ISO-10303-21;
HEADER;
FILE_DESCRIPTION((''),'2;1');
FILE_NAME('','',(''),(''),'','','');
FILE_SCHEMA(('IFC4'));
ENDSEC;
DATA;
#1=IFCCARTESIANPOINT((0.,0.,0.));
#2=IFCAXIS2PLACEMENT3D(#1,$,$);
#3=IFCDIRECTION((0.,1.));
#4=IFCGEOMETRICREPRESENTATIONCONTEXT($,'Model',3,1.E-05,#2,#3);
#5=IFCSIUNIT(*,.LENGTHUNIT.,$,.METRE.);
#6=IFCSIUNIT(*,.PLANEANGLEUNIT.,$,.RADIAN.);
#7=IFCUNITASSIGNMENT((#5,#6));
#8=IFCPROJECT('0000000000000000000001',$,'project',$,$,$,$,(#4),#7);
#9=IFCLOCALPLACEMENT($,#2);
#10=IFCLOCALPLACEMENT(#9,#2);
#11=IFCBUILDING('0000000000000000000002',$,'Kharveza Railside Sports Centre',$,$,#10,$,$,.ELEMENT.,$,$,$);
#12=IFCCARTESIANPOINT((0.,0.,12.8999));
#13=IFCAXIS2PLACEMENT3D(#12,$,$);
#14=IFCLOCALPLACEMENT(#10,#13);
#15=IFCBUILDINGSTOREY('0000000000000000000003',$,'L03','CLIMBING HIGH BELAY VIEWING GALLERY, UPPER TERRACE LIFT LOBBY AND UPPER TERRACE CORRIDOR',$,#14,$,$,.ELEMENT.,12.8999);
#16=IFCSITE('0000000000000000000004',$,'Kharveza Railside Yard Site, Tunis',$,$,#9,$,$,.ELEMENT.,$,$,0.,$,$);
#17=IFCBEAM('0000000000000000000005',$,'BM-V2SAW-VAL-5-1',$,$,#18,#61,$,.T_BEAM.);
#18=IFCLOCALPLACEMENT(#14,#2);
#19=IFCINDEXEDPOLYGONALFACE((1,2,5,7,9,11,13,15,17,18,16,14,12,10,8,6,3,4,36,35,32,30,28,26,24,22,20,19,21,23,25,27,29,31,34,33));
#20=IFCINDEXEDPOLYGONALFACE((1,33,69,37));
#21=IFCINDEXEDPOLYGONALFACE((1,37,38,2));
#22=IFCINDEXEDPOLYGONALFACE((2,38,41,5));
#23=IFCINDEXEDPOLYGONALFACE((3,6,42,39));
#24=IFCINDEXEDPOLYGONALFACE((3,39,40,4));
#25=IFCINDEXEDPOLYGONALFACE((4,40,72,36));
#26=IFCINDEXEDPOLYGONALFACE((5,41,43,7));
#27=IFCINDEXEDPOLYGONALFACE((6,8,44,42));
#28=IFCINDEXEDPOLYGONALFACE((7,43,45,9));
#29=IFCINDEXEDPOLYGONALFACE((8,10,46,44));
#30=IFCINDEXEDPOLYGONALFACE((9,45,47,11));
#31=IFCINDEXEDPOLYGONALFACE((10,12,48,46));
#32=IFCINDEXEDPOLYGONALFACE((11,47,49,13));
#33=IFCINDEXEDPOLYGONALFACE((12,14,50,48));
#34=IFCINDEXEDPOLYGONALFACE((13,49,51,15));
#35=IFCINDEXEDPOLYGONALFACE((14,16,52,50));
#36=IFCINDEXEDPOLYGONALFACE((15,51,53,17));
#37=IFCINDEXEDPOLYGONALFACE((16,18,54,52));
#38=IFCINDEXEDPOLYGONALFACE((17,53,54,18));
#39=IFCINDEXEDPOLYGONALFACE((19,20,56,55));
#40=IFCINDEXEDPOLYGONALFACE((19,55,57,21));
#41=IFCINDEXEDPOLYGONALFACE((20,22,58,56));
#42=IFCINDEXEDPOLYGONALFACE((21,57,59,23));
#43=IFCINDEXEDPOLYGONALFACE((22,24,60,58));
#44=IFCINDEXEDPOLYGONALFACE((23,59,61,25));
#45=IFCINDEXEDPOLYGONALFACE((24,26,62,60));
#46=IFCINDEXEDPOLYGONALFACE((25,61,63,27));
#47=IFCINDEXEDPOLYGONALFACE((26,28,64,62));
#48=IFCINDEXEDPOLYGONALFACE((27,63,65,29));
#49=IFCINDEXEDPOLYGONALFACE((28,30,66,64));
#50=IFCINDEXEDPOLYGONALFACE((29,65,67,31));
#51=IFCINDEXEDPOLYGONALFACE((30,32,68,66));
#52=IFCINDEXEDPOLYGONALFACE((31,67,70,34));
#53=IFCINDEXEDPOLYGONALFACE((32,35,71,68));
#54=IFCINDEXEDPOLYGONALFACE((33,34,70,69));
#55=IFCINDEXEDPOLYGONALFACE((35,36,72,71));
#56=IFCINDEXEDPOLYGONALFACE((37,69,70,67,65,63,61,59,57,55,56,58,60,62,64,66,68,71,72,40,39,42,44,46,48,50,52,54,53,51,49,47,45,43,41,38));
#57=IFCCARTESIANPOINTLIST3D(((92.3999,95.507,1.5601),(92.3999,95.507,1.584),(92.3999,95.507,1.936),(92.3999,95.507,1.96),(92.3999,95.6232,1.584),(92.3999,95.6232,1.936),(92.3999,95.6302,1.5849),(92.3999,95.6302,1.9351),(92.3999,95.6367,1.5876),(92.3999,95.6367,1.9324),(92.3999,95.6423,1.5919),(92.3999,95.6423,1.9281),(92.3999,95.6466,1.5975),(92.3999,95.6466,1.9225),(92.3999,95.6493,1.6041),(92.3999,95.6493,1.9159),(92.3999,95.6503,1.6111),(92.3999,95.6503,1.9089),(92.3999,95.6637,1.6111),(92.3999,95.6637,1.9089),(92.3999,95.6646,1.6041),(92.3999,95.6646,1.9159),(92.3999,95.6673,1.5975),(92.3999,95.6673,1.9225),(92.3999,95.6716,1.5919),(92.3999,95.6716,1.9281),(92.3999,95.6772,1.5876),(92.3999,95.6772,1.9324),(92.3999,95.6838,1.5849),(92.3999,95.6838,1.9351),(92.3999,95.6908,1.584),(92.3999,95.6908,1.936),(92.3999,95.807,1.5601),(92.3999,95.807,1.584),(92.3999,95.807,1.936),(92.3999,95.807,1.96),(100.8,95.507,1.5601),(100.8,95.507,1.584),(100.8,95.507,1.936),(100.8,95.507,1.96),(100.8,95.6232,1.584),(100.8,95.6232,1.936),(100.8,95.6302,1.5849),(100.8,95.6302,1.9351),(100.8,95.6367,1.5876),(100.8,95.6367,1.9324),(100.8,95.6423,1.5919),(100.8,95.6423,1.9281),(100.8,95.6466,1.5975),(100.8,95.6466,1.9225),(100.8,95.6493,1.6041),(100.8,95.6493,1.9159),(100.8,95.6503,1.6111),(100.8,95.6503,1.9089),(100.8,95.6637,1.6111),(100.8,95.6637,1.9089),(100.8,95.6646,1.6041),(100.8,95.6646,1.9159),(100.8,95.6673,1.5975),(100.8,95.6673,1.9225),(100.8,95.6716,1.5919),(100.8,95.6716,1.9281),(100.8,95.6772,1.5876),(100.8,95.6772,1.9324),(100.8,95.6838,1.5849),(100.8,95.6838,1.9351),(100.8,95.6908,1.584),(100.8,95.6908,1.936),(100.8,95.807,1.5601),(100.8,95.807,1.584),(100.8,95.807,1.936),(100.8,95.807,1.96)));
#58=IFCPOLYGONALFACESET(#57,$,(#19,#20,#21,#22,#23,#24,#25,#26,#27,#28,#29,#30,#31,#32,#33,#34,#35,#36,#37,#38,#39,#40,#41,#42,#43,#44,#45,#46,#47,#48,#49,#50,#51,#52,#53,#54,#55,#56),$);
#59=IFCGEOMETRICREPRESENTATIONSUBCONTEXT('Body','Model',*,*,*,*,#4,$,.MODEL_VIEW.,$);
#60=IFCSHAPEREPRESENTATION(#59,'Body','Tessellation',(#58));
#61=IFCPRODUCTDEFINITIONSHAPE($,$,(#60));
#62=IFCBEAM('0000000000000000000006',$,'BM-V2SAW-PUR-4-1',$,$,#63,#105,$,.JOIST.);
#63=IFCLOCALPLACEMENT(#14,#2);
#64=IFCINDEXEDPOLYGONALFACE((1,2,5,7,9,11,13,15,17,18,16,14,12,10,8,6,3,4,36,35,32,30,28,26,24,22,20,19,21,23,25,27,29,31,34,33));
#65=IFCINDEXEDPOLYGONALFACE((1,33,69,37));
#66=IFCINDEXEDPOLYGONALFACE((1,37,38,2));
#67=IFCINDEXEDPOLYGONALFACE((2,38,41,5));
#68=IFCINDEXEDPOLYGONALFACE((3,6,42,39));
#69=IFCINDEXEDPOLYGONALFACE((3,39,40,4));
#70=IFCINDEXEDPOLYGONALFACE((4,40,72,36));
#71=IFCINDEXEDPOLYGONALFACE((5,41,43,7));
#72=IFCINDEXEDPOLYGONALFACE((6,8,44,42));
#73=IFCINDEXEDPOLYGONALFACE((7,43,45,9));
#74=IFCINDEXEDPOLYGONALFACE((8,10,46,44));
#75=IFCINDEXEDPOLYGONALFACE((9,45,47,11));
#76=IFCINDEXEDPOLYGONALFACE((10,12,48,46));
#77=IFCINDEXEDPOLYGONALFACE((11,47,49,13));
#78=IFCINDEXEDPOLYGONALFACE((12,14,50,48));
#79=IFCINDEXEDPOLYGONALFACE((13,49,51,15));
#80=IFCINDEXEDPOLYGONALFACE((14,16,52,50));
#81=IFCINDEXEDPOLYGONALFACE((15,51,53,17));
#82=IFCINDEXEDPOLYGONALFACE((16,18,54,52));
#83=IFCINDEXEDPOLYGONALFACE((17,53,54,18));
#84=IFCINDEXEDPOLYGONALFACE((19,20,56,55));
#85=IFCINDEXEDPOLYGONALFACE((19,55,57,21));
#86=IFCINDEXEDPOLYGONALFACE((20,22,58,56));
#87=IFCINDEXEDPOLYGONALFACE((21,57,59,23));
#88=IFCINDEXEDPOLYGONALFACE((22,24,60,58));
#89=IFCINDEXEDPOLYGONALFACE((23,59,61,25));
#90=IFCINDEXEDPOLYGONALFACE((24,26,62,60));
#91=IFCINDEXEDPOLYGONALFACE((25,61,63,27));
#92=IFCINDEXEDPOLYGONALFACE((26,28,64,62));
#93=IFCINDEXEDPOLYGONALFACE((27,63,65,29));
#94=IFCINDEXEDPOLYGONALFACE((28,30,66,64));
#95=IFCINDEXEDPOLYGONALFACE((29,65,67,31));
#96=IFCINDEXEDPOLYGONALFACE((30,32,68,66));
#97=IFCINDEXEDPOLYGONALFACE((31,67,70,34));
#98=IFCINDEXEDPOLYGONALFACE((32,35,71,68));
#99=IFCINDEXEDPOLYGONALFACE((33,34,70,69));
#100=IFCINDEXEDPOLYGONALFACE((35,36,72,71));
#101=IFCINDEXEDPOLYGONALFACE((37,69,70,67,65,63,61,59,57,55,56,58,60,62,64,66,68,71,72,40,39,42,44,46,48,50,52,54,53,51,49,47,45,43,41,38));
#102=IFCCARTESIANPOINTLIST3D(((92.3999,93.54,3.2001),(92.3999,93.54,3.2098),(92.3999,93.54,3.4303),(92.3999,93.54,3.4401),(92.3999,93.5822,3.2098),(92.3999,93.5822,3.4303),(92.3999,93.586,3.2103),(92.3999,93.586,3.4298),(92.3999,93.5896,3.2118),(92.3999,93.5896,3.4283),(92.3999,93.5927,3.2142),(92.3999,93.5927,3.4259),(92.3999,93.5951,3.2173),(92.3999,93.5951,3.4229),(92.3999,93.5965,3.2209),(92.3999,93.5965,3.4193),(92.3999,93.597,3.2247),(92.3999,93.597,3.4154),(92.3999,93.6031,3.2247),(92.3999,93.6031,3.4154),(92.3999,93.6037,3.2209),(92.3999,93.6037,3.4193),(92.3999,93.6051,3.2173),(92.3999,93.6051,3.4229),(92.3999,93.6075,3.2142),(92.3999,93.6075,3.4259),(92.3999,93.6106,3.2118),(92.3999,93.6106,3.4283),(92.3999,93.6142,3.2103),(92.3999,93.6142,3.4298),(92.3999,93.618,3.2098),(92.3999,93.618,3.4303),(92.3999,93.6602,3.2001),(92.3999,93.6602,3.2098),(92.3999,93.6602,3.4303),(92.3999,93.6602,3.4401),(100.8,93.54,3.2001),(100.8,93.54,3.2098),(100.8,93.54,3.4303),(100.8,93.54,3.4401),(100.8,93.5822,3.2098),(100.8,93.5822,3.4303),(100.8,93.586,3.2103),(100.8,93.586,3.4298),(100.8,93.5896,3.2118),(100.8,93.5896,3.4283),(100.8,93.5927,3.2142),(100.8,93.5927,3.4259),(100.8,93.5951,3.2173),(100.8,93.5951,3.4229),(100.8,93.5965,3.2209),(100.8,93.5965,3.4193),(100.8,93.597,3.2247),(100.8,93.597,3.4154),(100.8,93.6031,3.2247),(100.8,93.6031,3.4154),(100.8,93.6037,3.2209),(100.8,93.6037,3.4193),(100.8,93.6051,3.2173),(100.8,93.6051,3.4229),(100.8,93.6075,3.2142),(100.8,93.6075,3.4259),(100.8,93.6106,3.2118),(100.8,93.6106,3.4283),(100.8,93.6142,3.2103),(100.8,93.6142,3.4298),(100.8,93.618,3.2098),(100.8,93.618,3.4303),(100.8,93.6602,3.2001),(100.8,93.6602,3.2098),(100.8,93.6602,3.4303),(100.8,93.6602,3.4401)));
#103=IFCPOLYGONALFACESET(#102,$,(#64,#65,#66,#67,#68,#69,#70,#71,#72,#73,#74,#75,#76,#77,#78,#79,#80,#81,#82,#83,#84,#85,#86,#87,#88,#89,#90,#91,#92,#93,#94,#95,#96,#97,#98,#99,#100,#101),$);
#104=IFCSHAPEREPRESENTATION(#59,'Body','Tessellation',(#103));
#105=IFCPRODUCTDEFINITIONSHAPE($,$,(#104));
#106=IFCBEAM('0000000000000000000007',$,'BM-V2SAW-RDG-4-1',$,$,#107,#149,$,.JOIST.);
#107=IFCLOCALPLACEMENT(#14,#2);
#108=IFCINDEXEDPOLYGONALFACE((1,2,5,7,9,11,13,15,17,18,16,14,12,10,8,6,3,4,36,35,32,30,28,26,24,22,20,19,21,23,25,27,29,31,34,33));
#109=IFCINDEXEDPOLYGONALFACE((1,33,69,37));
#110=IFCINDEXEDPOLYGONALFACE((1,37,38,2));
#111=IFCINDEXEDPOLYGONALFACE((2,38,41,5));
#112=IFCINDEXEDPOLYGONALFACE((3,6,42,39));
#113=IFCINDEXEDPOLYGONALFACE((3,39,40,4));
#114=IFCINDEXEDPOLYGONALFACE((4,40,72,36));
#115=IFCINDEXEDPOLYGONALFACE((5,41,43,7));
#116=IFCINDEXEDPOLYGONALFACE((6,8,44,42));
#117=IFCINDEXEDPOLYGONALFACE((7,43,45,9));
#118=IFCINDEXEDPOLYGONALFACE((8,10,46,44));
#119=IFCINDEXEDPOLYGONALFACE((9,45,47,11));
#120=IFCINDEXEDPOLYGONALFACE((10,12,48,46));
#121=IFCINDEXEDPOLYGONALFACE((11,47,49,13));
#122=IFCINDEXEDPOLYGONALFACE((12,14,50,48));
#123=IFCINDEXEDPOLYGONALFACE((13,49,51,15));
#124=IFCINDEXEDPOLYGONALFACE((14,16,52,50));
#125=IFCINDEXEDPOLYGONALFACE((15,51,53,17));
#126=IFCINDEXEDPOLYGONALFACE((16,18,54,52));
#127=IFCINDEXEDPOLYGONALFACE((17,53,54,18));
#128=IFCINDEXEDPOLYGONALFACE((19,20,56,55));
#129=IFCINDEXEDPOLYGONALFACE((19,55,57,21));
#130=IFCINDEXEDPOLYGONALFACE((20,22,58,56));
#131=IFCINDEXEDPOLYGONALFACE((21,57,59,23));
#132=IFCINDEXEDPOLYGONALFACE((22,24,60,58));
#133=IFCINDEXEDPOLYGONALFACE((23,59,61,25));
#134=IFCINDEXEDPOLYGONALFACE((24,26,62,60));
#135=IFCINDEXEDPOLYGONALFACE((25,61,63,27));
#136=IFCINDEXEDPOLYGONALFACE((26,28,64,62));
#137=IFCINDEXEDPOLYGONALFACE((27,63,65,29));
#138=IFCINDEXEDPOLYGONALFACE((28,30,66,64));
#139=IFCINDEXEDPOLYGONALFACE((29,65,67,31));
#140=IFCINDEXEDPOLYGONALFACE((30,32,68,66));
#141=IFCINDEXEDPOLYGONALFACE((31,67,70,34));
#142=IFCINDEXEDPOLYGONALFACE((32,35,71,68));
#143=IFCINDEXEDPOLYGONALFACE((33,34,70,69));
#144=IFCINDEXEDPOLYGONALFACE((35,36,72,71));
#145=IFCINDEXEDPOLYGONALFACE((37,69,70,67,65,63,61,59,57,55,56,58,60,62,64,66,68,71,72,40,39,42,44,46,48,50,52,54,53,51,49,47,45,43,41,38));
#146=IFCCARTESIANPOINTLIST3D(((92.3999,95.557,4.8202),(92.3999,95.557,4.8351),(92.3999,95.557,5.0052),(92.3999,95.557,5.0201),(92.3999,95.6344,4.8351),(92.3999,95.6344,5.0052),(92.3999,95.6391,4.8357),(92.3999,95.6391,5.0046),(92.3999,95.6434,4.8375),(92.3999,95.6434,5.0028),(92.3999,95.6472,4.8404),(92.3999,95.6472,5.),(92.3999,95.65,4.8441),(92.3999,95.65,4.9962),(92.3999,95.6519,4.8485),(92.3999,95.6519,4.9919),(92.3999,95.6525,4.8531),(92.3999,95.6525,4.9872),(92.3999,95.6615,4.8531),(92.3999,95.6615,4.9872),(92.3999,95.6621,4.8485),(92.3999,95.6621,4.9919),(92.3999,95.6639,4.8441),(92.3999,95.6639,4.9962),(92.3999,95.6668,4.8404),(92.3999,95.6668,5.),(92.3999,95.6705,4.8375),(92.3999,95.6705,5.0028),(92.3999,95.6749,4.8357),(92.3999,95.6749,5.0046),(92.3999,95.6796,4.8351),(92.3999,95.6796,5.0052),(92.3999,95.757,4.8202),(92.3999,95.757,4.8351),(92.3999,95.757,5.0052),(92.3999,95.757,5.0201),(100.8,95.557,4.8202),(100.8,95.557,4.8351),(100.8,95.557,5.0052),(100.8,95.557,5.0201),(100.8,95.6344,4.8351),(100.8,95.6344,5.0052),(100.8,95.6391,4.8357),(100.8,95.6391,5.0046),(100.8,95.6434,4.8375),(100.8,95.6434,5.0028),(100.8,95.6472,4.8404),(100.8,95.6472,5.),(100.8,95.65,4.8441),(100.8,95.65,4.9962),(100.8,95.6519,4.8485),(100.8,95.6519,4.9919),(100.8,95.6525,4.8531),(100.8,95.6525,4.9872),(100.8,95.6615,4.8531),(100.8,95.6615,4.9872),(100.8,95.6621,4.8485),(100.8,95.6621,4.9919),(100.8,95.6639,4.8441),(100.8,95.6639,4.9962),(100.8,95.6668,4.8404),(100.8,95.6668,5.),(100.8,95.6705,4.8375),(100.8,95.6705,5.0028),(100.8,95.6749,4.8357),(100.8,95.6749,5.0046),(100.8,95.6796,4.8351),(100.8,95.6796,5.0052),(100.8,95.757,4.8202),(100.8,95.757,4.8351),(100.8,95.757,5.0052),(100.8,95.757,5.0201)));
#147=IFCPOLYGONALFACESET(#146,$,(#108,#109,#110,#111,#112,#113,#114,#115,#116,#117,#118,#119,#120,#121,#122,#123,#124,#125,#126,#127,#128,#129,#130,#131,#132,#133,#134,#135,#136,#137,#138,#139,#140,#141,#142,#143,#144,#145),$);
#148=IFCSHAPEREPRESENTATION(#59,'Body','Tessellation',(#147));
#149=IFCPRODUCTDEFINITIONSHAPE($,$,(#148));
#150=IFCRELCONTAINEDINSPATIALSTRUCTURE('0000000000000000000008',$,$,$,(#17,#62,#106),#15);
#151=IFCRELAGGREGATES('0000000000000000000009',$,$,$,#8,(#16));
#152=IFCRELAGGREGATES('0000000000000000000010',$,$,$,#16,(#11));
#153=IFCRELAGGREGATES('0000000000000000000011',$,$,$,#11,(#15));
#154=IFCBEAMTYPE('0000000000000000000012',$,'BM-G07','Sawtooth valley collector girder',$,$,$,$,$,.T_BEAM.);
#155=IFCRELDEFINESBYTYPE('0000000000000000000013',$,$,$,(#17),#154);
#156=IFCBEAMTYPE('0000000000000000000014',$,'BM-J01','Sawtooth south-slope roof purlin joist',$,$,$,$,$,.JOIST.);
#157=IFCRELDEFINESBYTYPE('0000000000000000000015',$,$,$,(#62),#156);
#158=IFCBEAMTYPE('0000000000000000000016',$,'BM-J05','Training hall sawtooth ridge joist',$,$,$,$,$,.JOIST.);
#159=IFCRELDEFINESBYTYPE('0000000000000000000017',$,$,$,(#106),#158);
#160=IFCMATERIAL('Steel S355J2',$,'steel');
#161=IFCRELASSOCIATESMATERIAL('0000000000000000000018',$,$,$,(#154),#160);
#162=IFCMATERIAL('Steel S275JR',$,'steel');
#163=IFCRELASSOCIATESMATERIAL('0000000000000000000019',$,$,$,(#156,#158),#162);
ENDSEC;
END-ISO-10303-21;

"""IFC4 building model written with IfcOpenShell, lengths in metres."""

from ifc_helpers import new_model, si_unit, direction, frame, origin, origin_2d, place, context, subcontext, project, spatial, i_section, extrude, material, material_profile, profile_set, type_object, element, save


model = new_model("IFC4")

# Units and contexts
model_context = context("Model", 3, precision=1e-05, world=origin(), true_north=direction((0.0, 1.0)))
body_context = subcontext(model_context, "Body", "Model", "MODEL_VIEW")
ifc_project = project(units=[si_unit("LENGTHUNIT", "METRE"), si_unit("PLANEANGLEUNIT", "RADIAN")], contexts=[model_context])

# Site, building, storey
site_placement = place(None, origin())
site = spatial("IfcSite", under=ifc_project, at=site_placement, Name="Kharveza Railside Yard Site, Tunis", CompositionType="ELEMENT", RefElevation=0.0)
building_placement = place(site_placement, origin())
building = spatial("IfcBuilding", under=site, at=building_placement, Name="Kharveza Railside Sports Centre", CompositionType="ELEMENT")
storey_placement = place(building_placement, frame((0.0, 0.0, 12.8999)))
storey = spatial("IfcBuildingStorey", under=building, at=storey_placement, Name="L03", Description="CLIMBING HIGH BELAY VIEWING GALLERY, UPPER TERRACE LIFT LOBBY AND UPPER TERRACE CORRIDOR", CompositionType="ELEMENT", Elevation=12.8999)

# Beams
ifc_material_1 = material(Name="Steel S355J2", Category="steel")
ifc_material_profile_1 = material_profile(ifc_material_1, i_section(OverallWidth=0.3, OverallDepth=0.3999, WebThickness=0.0134, FlangeThickness=0.0239, FilletRadius=0.0271, at=origin_2d()), Name="HEB 400")
ifc_profile_set_1 = profile_set([ifc_material_profile_1], Name="Steel S355J2")
beam_type_1 = type_object("IfcBeamType", Name="BM-G07", Description="Sawtooth valley collector girder", PredefinedType="T_BEAM", material=ifc_profile_set_1)
beam_1_placement = place(storey_placement, frame((92.3999, 95.657, 1.76), z_axis=(1.0, 0.0, 0.0), x_axis=(0.0, 1.0, 0.0)))
element("IfcBeam", 1, at=beam_1_placement, inside=storey, type_object=beam_type_1, Name="BM-V2SAW-VAL-5-1", PredefinedType="T_BEAM", context=body_context, shape_type="SweptSolid", body=[
    extrude(i_section(OverallWidth=0.3, OverallDepth=0.3999, WebThickness=0.0134, FlangeThickness=0.0239, FilletRadius=0.0271, at=origin_2d()), origin(), (0.0, 0.0, 1.0), 8.4001),
])
ifc_material_2 = material(Name="Steel S275JR", Category="steel")
ifc_material_profile_2 = material_profile(ifc_material_2, i_section(OverallWidth=0.1201, OverallDepth=0.24, WebThickness=0.0061, FlangeThickness=0.0098, FilletRadius=0.0149, at=origin_2d()), Name="IPE 240")
ifc_profile_set_2 = profile_set([ifc_material_profile_2], Name="Steel S275JR")
beam_type_2 = type_object("IfcBeamType", Name="BM-J01", Description="Sawtooth south-slope roof purlin joist", PredefinedType="JOIST", material=ifc_profile_set_2)
beam_2_placement = place(storey_placement, frame((92.3999, 93.6001, 3.3201), z_axis=(1.0, 0.0, 0.0), x_axis=(0.0, 1.0, 0.0)))
element("IfcBeam", 2, at=beam_2_placement, inside=storey, type_object=beam_type_2, Name="BM-V2SAW-PUR-4-1", PredefinedType="JOIST", context=body_context, shape_type="SweptSolid", body=[
    extrude(i_section(OverallWidth=0.1201, OverallDepth=0.24, WebThickness=0.0061, FlangeThickness=0.0098, FilletRadius=0.0149, at=origin_2d()), origin(), (0.0, 0.0, 1.0), 8.4001),
])
ifc_material_profile_3 = material_profile(ifc_material_2, i_section(OverallWidth=0.2, OverallDepth=0.2, WebThickness=0.009, FlangeThickness=0.0149, FilletRadius=0.0181, at=origin_2d()), Name="HEB 200")
ifc_profile_set_3 = profile_set([ifc_material_profile_3], Name="Steel S275JR")
beam_type_3 = type_object("IfcBeamType", Name="BM-J05", Description="Training hall sawtooth ridge joist", PredefinedType="JOIST", material=ifc_profile_set_3)
beam_3_placement = place(storey_placement, frame((92.3999, 95.657, 4.9202), z_axis=(1.0, 0.0, 0.0), x_axis=(0.0, 1.0, 0.0)))
element("IfcBeam", 3, at=beam_3_placement, inside=storey, type_object=beam_type_3, Name="BM-V2SAW-RDG-4-1", PredefinedType="JOIST", context=body_context, shape_type="SweptSolid", body=[
    extrude(i_section(OverallWidth=0.2, OverallDepth=0.2, WebThickness=0.009, FlangeThickness=0.0149, FilletRadius=0.0181, at=origin_2d()), origin(), (0.0, 0.0, 1.0), 8.4001),
])

save(model, "model.ifc")
